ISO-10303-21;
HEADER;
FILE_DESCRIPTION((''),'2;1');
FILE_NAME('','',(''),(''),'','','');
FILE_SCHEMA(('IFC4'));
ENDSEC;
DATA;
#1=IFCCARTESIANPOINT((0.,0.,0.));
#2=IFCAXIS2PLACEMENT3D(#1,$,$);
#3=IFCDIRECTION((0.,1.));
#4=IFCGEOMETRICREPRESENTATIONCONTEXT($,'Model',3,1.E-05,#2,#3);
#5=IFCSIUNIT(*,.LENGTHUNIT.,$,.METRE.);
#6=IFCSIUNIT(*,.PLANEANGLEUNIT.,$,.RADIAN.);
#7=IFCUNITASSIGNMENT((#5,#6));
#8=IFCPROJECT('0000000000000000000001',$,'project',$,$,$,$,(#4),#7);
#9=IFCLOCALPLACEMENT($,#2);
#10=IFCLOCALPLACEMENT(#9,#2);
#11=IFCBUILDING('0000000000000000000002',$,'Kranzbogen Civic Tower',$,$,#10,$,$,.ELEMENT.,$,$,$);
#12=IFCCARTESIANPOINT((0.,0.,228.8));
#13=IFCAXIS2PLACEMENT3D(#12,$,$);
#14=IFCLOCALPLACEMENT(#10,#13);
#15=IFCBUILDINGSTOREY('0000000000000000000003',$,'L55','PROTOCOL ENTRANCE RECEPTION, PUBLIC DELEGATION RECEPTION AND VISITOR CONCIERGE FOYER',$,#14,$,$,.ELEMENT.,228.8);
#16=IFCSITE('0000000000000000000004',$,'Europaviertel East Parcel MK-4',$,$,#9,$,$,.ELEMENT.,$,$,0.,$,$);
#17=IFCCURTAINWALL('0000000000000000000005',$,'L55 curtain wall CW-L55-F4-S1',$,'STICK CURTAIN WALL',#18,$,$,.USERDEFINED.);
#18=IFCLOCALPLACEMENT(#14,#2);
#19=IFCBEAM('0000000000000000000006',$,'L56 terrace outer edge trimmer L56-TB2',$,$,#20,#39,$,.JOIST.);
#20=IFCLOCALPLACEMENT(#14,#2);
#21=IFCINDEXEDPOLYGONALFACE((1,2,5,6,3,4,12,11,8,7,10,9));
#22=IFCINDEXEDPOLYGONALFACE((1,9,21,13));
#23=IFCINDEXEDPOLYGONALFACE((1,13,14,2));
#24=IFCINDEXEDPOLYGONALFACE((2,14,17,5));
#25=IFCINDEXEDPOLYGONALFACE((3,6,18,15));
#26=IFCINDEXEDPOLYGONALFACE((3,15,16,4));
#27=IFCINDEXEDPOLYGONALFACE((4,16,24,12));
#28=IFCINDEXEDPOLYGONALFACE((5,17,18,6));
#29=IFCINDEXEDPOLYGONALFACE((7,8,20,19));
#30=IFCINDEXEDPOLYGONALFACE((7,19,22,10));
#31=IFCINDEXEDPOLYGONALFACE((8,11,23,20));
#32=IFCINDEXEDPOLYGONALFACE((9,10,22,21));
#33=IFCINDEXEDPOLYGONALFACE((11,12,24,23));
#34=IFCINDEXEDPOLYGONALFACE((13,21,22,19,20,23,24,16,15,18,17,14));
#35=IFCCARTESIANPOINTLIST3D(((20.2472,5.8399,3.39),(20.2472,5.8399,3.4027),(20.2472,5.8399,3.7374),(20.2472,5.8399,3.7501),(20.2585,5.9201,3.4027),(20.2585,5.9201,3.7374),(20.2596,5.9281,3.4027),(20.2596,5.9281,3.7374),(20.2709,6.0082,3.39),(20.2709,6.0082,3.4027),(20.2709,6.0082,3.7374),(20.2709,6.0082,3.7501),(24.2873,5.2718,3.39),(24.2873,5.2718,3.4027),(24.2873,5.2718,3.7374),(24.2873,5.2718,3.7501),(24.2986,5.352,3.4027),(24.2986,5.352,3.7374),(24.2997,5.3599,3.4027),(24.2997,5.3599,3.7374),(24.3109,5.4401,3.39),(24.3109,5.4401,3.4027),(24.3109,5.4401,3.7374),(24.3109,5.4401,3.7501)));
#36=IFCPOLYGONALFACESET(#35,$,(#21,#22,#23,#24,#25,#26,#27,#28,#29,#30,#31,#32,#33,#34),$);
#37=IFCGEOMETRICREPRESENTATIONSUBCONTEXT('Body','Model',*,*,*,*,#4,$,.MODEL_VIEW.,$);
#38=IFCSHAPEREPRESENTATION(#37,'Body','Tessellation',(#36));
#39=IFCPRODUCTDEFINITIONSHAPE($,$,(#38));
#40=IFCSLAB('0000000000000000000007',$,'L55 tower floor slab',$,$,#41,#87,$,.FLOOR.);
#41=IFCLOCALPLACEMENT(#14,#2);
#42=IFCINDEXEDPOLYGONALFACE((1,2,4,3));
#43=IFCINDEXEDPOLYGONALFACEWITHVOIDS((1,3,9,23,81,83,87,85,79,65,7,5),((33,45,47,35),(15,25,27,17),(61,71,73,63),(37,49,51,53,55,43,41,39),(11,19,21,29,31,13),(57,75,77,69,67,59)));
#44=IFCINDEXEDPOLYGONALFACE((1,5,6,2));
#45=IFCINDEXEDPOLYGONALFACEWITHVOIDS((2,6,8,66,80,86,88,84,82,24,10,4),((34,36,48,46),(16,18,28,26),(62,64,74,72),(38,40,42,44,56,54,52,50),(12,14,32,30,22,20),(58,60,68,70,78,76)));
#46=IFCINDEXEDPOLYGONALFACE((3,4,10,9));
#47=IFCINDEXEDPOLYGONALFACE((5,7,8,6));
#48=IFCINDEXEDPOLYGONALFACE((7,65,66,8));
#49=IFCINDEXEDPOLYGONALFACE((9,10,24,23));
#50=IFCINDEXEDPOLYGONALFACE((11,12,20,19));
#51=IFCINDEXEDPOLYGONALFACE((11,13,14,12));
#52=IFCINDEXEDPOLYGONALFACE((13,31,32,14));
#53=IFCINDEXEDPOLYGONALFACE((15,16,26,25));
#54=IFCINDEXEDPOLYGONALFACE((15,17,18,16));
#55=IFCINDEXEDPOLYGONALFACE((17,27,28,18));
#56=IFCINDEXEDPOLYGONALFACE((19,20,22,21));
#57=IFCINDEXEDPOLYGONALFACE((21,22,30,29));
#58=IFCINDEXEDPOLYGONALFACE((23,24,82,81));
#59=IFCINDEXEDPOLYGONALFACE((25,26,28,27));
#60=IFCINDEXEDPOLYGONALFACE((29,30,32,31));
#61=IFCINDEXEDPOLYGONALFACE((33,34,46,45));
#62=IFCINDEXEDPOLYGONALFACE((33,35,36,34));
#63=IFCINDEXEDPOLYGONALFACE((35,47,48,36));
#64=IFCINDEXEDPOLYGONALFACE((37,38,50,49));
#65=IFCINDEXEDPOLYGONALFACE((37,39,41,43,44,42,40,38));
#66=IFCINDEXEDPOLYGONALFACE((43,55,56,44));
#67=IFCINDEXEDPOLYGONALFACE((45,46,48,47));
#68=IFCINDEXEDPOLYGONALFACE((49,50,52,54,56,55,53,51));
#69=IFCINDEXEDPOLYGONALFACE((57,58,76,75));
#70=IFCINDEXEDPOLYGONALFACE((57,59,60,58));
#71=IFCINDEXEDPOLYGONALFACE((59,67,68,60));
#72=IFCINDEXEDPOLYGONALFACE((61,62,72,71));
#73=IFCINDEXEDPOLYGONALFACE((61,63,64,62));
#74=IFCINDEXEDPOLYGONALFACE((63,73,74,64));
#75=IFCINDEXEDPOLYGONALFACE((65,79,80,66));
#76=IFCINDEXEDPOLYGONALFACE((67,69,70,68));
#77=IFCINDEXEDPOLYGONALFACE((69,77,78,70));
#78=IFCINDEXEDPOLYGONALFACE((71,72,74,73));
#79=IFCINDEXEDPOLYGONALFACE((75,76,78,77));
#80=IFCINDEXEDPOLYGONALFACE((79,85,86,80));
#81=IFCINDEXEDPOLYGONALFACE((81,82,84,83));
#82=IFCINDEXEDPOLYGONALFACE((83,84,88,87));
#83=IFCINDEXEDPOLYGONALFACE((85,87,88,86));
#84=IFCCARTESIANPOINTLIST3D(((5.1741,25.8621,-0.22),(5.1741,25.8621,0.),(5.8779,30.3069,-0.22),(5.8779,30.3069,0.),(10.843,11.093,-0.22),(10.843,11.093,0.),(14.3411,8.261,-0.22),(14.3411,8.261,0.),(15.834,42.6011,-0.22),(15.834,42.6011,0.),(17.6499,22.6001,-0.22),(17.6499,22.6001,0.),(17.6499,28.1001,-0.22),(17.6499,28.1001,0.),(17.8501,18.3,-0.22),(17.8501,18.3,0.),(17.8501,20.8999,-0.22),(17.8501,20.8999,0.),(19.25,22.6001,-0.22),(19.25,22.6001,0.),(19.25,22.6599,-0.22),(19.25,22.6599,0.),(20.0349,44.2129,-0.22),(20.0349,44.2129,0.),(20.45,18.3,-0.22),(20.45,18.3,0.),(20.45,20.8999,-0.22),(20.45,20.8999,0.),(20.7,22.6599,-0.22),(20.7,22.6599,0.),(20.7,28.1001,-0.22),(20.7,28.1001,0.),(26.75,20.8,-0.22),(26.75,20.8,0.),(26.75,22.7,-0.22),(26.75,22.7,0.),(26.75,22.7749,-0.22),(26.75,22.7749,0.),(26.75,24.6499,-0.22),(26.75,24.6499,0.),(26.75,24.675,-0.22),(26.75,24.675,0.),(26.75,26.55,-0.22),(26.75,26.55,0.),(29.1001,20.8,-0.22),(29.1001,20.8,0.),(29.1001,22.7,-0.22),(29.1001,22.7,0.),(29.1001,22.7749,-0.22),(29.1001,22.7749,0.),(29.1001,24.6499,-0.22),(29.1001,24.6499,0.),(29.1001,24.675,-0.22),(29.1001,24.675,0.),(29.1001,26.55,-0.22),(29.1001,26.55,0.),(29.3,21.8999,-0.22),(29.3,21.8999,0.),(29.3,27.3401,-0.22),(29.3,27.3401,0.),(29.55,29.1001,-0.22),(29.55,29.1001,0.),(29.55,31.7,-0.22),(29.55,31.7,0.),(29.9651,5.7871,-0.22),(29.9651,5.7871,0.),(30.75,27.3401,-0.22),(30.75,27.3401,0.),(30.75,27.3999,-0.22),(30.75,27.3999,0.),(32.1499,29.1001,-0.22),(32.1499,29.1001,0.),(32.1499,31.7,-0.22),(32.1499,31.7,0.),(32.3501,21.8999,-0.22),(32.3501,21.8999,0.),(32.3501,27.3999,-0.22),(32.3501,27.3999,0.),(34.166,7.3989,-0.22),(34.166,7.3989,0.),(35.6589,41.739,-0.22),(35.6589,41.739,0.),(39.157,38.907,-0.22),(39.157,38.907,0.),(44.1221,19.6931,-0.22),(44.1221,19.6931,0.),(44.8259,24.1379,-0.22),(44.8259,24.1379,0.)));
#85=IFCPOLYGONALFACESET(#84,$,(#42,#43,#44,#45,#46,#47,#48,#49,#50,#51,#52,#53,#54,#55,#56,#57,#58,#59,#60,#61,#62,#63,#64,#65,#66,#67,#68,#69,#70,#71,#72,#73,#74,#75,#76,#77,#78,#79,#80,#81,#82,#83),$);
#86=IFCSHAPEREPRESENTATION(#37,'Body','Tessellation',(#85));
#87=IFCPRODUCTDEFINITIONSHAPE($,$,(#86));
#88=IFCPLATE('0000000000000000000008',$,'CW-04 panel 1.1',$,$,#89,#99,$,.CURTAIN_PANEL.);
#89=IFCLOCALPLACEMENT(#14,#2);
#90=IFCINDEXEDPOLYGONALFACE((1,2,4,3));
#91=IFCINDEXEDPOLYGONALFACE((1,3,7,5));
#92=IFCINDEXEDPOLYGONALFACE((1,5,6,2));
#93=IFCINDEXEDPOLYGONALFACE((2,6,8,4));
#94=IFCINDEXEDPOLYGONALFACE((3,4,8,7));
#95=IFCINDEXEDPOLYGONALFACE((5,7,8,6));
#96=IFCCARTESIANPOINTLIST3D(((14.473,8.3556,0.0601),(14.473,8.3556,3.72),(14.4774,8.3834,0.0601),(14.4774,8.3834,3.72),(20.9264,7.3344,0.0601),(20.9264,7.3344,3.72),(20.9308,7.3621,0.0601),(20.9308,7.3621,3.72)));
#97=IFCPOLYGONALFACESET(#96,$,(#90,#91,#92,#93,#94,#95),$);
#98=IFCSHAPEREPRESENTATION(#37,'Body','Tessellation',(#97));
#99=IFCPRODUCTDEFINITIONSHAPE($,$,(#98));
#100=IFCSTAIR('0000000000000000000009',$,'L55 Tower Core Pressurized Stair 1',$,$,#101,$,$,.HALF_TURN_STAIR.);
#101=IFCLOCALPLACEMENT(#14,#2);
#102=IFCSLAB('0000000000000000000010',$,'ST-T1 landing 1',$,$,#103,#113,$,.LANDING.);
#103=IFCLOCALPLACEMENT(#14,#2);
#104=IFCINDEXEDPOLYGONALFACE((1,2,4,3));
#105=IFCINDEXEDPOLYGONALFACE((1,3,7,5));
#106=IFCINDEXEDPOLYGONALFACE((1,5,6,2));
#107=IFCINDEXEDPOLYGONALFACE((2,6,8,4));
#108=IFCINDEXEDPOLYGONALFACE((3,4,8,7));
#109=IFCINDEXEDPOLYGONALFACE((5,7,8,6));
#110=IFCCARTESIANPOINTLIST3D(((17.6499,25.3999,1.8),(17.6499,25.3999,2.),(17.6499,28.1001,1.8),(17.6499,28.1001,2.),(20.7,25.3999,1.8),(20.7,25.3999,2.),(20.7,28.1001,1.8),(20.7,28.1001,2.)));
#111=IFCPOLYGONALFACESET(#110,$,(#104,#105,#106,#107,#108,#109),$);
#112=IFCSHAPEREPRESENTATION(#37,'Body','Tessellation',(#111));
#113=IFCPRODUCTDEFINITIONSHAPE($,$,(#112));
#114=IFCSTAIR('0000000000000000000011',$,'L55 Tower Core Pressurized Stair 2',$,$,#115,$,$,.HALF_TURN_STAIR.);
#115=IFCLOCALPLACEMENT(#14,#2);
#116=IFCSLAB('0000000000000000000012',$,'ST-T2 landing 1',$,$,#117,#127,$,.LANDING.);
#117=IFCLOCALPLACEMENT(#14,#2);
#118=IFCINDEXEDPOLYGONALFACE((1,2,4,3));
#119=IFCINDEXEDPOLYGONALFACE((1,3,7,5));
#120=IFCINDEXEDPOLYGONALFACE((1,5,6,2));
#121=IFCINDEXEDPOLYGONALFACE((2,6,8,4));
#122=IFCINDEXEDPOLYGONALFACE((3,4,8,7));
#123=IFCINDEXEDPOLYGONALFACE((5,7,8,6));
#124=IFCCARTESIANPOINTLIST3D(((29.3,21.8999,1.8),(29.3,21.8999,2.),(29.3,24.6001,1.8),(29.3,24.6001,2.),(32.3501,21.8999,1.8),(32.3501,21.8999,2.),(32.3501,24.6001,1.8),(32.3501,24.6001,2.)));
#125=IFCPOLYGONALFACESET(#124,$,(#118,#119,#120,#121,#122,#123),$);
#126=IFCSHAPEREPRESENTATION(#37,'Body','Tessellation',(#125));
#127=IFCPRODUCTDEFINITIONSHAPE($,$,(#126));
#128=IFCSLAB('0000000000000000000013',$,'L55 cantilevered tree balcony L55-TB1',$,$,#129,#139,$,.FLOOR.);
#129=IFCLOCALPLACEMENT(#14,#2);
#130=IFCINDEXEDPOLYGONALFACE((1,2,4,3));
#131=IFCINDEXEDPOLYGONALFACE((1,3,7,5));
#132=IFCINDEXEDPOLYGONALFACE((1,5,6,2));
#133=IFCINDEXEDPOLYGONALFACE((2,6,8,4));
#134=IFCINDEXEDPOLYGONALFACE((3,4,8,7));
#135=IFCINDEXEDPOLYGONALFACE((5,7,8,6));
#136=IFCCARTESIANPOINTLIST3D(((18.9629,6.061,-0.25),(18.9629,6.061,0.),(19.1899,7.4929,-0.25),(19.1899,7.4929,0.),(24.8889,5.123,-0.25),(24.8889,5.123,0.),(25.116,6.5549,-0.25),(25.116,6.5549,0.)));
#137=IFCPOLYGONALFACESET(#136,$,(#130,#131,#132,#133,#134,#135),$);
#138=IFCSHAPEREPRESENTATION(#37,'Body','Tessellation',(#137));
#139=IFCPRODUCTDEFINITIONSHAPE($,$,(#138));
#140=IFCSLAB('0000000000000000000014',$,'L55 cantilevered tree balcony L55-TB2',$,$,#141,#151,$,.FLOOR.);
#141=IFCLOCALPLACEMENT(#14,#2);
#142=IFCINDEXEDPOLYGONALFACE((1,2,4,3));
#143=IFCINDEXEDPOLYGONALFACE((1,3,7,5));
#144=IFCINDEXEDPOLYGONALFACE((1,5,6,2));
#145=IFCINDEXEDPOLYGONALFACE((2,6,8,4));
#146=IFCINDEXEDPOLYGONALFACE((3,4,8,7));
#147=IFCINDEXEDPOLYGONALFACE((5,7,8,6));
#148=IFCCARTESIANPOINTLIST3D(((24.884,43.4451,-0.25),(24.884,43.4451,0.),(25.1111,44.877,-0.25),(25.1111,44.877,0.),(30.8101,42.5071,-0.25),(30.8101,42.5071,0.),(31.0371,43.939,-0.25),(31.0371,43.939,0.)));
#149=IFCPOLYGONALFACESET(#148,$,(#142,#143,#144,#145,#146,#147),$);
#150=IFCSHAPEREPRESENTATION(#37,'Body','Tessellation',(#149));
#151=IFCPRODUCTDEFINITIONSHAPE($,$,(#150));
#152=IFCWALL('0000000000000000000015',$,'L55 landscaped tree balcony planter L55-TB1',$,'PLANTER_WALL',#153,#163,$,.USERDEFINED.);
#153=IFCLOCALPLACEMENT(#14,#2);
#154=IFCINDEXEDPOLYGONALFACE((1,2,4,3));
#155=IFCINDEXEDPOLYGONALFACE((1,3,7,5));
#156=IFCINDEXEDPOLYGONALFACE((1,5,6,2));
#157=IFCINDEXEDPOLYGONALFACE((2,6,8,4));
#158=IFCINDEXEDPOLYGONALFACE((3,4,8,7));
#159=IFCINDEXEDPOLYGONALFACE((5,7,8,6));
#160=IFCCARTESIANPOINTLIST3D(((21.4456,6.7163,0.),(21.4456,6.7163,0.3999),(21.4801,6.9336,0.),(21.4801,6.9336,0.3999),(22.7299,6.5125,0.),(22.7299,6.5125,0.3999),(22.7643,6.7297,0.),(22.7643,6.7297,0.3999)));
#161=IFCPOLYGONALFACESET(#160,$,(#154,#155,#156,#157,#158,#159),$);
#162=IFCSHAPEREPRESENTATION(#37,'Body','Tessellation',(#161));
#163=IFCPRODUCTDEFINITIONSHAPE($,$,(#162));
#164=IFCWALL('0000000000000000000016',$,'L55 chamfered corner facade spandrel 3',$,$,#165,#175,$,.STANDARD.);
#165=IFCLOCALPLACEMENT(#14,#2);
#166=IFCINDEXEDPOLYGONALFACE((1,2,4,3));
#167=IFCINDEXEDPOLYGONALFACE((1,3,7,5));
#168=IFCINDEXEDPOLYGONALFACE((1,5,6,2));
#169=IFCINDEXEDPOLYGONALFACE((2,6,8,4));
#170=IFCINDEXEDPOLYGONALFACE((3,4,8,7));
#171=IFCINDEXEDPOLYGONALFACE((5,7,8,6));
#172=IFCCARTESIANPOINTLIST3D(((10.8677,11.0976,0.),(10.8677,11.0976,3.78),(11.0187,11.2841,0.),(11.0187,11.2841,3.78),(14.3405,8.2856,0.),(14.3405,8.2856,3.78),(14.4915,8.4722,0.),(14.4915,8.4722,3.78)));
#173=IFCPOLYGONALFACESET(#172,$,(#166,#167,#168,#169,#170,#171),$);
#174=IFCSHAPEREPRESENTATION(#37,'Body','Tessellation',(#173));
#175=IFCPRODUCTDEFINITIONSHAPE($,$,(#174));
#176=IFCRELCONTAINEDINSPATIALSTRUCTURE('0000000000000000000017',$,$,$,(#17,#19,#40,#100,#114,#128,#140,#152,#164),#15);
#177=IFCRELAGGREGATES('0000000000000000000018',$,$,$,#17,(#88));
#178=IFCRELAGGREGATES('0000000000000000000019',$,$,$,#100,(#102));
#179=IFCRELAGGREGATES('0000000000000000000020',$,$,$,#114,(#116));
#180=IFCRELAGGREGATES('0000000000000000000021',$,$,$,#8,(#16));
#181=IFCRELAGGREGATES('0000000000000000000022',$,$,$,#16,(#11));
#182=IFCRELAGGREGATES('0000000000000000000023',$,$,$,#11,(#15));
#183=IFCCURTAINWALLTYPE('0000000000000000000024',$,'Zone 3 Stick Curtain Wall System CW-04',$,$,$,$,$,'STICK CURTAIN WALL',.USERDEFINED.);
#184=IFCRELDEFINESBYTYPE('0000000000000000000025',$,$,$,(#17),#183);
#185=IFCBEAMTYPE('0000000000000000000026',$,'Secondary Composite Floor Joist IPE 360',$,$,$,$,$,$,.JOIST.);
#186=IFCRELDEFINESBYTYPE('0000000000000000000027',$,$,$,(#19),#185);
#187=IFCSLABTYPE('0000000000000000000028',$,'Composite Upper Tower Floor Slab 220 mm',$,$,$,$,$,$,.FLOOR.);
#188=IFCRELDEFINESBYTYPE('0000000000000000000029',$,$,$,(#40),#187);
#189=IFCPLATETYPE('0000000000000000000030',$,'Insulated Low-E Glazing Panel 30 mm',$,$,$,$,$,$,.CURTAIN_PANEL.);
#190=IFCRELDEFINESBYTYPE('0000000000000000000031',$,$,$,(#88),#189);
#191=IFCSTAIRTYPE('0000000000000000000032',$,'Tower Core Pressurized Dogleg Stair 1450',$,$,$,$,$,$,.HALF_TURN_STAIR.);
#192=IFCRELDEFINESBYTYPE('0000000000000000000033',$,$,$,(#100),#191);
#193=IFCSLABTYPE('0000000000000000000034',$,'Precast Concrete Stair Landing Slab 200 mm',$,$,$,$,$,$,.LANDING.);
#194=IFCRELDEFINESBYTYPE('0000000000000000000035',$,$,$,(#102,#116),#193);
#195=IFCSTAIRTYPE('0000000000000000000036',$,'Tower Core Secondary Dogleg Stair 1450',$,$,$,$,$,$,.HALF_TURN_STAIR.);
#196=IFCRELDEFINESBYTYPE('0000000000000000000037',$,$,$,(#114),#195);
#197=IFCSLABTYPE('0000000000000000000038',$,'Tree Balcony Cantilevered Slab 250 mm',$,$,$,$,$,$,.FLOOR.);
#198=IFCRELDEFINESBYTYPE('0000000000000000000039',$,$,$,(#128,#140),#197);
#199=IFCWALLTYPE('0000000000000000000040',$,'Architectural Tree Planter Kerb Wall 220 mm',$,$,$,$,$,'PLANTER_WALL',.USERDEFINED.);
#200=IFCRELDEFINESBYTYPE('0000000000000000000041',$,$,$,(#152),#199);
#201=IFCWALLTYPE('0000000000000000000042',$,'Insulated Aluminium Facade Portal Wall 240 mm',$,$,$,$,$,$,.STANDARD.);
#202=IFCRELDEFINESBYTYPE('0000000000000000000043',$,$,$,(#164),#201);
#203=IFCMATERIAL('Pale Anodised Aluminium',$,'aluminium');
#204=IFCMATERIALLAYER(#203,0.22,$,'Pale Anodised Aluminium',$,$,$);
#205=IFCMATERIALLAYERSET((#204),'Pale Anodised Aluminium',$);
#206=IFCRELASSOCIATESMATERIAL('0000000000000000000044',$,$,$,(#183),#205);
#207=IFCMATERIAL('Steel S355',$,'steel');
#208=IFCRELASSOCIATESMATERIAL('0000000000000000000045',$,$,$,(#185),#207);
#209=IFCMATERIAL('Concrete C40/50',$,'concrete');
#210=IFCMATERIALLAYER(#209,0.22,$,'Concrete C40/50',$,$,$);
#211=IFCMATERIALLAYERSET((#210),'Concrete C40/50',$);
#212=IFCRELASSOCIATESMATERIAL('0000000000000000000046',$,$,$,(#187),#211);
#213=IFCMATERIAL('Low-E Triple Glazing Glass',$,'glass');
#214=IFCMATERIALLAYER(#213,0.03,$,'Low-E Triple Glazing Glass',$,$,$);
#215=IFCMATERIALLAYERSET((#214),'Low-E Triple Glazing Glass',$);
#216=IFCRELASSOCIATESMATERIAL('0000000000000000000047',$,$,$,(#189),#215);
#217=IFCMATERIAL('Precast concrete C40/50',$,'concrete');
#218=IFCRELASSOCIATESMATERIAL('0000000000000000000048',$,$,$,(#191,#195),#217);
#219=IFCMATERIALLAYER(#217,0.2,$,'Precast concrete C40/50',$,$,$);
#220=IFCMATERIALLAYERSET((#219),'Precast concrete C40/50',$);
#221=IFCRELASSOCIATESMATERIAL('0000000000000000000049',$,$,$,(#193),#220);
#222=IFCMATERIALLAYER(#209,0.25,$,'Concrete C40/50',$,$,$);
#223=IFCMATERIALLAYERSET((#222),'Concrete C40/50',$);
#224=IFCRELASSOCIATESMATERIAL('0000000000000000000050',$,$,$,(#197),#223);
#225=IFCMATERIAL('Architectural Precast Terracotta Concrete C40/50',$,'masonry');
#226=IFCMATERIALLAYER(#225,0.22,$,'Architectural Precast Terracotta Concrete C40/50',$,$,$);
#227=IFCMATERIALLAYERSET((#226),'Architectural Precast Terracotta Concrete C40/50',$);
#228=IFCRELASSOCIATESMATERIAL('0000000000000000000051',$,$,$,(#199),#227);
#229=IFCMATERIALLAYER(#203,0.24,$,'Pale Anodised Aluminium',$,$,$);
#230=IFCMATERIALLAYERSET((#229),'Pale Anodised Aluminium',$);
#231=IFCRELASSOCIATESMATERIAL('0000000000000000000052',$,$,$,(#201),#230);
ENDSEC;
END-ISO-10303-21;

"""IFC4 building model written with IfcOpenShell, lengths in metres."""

from ifc_helpers import new_model, si_unit, direction, frame, frame_2d, origin, origin_2d, place, context, subcontext, project, spatial, polyline, rectangle, i_section, outline, extrude, material, layer, layer_set, material_profile, profile_set, type_object, element, aggregate, save


model = new_model("IFC4")

# Units and contexts
model_context = context("Model", 3, precision=1e-05, world=origin(), true_north=direction((0.0, 1.0)))
body_context = subcontext(model_context, "Body", "Model", "MODEL_VIEW")
ifc_project = project(units=[si_unit("LENGTHUNIT", "METRE"), si_unit("PLANEANGLEUNIT", "RADIAN")], contexts=[model_context])

# Site, building, storey
site_placement = place(None, origin())
site = spatial("IfcSite", under=ifc_project, at=site_placement, Name="Europaviertel East Parcel MK-4", CompositionType="ELEMENT", RefElevation=0.0)
building_placement = place(site_placement, origin())
building = spatial("IfcBuilding", under=site, at=building_placement, Name="Kranzbogen Civic Tower", CompositionType="ELEMENT")
storey_placement = place(building_placement, frame((0.0, 0.0, 228.8)))
storey = spatial("IfcBuildingStorey", under=building, at=storey_placement, Name="L55", Description="PROTOCOL ENTRANCE RECEPTION, PUBLIC DELEGATION RECEPTION AND VISITOR CONCIERGE FOYER", CompositionType="ELEMENT", Elevation=228.8)

# Shared definitions
ifc_material_1 = material(Name="Steel S355", Category="steel")

# Shared definitions
ifc_material_2 = material(Name="Pale Anodised Aluminium", Category="aluminium")
ifc_layer_1 = layer(ifc_material_2, 0.22, Name="Pale Anodised Aluminium")
ifc_layer_set_1 = layer_set([ifc_layer_1], Name="Pale Anodised Aluminium")
curtain_wall_type = type_object("IfcCurtainWallType", Name="Zone 3 Stick Curtain Wall System CW-04", ElementType="STICK CURTAIN WALL", PredefinedType="USERDEFINED", material=ifc_layer_set_1)

# Curtain wall
curtain_wall_1_placement = place(storey_placement, origin())
curtain_wall_1 = element("IfcCurtainWall", 1, at=curtain_wall_1_placement, inside=storey, type_object=curtain_wall_type, Name="L55 curtain wall CW-L55-F4-S1", ObjectType="STICK CURTAIN WALL", PredefinedType="USERDEFINED")

# Beam
ifc_material_profile_1 = material_profile(ifc_material_1, i_section(OverallWidth=0.1699, OverallDepth=0.3601, WebThickness=0.0081, FlangeThickness=0.0127, at=origin_2d()), Name="IPE 360")
ifc_profile_set_1 = profile_set([ifc_material_profile_1], Name="Steel S355")
beam_type_1 = type_object("IfcBeamType", Name="Secondary Composite Floor Joist IPE 360", PredefinedType="JOIST", material=ifc_profile_set_1)
beam_1_placement = place(storey_placement, frame((20.259, 5.9241, 3.5701), z_axis=(0.990257, -0.139251, 0.0), x_axis=(0.139251, 0.990257, 0.0)))
element("IfcBeam", 2, at=beam_1_placement, inside=storey, type_object=beam_type_1, Name="L56 terrace outer edge trimmer L56-TB2", PredefinedType="JOIST", context=body_context, shape_type="SweptSolid", body=[
    extrude(i_section(OverallWidth=0.1699, OverallDepth=0.3601, WebThickness=0.0081, FlangeThickness=0.0127, at=origin_2d()), origin(), (0.0, 0.0, 1.0), 4.0798),
])

# Slab
ifc_material_3 = material(Name="Concrete C40/50", Category="concrete")
ifc_layer_2 = layer(ifc_material_3, 0.22, Name="Concrete C40/50")
ifc_layer_set_2 = layer_set([ifc_layer_2], Name="Concrete C40/50")
slab_type_1 = type_object("IfcSlabType", Name="Composite Upper Tower Floor Slab 220 mm", PredefinedType="FLOOR", material=ifc_layer_set_2)
slab_1_placement = place(storey_placement, frame((0.0, 0.0, -0.22)))
element("IfcSlab", 3, at=slab_1_placement, inside=storey, type_object=slab_type_1, Name="L55 tower floor slab", PredefinedType="FLOOR", context=body_context, shape_type="SweptSolid", body=[
    extrude(outline(polyline([(35.6589, 41.739), (20.0349, 44.2129), (15.834, 42.6011), (5.8779, 30.3069), (5.1741, 25.8621), (10.843, 11.093), (14.3411, 8.261), (29.9651, 5.7871), (34.166, 7.3989), (44.1221, 19.6931), (44.8259, 24.1379), (39.157, 38.907), (35.6589, 41.739)]), holes=[polyline([(17.8501, 20.8999), (20.45, 20.8999), (20.45, 18.3), (17.8501, 18.3), (17.8501, 20.8999)]), polyline([(29.1001, 22.7), (29.1001, 20.8), (26.75, 20.8), (26.75, 22.7), (29.1001, 22.7)]), polyline([(29.1001, 24.6499), (29.1001, 22.7749), (26.75, 22.7749), (26.75, 24.6499), (26.75, 24.675), (26.75, 26.55), (29.1001, 26.55), (29.1001, 24.675), (29.1001, 24.6499)]), polyline([(29.3, 27.3401), (30.75, 27.3401), (30.75, 27.3999), (32.3501, 27.3999), (32.3501, 21.8999), (29.3, 21.8999), (29.3, 27.3401)]), polyline([(20.7, 22.6599), (19.25, 22.6599), (19.25, 22.6001), (17.6499, 22.6001), (17.6499, 28.1001), (20.7, 28.1001), (20.7, 22.6599)]), polyline([(32.1499, 31.7), (32.1499, 29.1001), (29.55, 29.1001), (29.55, 31.7), (32.1499, 31.7)])]), origin(), (0.0, 0.0, 1.0), 0.22),
])

# Plate
ifc_material_4 = material(Name="Low-E Triple Glazing Glass", Category="glass")
ifc_layer_3 = layer(ifc_material_4, 0.03, Name="Low-E Triple Glazing Glass")
ifc_layer_set_3 = layer_set([ifc_layer_3], Name="Low-E Triple Glazing Glass")
plate_type = type_object("IfcPlateType", Name="Insulated Low-E Glazing Panel 30 mm", PredefinedType="CURTAIN_PANEL", material=ifc_layer_set_3)
plate_placement = place(storey_placement, frame((17.7019, 7.8589, 0.0601), z_axis=(0.0, 0.0, 1.0), x_axis=(0.987709, -0.156302, 0.0)))
plate = element("IfcPlate", 4, at=plate_placement, type_object=plate_type, Name="CW-04 panel 1.1", PredefinedType="CURTAIN_PANEL", context=body_context, shape_type="SweptSolid", body=[
    extrude(rectangle(XDim=6.5337, YDim=0.0281, at=origin_2d()), origin(), (0.0, 0.0, 1.0), 3.6599),
])
aggregate(curtain_wall_1, [plate])

# Stairs, slabs
ifc_material_5 = material(Name="Precast concrete C40/50", Category="concrete")
stair_type_1 = type_object("IfcStairType", Name="Tower Core Pressurized Dogleg Stair 1450", PredefinedType="HALF_TURN_STAIR", material=ifc_material_5)
stair_1_placement = place(storey_placement, origin())
stair_1 = element("IfcStair", 5, at=stair_1_placement, inside=storey, type_object=stair_type_1, Name="L55 Tower Core Pressurized Stair 1", PredefinedType="HALF_TURN_STAIR")
ifc_layer_4 = layer(ifc_material_5, 0.2, Name="Precast concrete C40/50")
ifc_layer_set_4 = layer_set([ifc_layer_4], Name="Precast concrete C40/50")
slab_type_2 = type_object("IfcSlabType", Name="Precast Concrete Stair Landing Slab 200 mm", PredefinedType="LANDING", material=ifc_layer_set_4)
slab_2_placement = place(storey_placement, frame((0.0, 0.0, 1.8)))
slab_2 = element("IfcSlab", 6, at=slab_2_placement, type_object=slab_type_2, Name="ST-T1 landing 1", PredefinedType="LANDING", context=body_context, shape_type="SweptSolid", body=[
    extrude(outline(polyline([(20.7, 25.3999), (20.7, 28.1001), (17.6499, 28.1001), (17.6499, 25.3999), (20.7, 25.3999)])), origin(), (0.0, 0.0, 1.0), 0.2),
])
aggregate(stair_1, [slab_2])
stair_type_2 = type_object("IfcStairType", Name="Tower Core Secondary Dogleg Stair 1450", PredefinedType="HALF_TURN_STAIR", material=ifc_material_5)
stair_2_placement = place(storey_placement, origin())
stair_2 = element("IfcStair", 7, at=stair_2_placement, inside=storey, type_object=stair_type_2, Name="L55 Tower Core Pressurized Stair 2", PredefinedType="HALF_TURN_STAIR")
slab_3_placement = place(storey_placement, frame((0.0, 0.0, 1.8)))
slab_3 = element("IfcSlab", 8, at=slab_3_placement, type_object=slab_type_2, Name="ST-T2 landing 1", PredefinedType="LANDING", context=body_context, shape_type="SweptSolid", body=[
    extrude(outline(polyline([(29.3, 24.6001), (29.3, 21.8999), (32.3501, 21.8999), (32.3501, 24.6001), (29.3, 24.6001)])), origin(), (0.0, 0.0, 1.0), 0.2),
])
aggregate(stair_2, [slab_3])

# Slabs
ifc_layer_5 = layer(ifc_material_3, 0.25, Name="Concrete C40/50")
ifc_layer_set_5 = layer_set([ifc_layer_5], Name="Concrete C40/50")
slab_type_3 = type_object("IfcSlabType", Name="Tree Balcony Cantilevered Slab 250 mm", PredefinedType="FLOOR", material=ifc_layer_set_5)
slab_4_placement = place(storey_placement, frame((0.0, 0.0, -0.25)))
element("IfcSlab", 9, at=slab_4_placement, inside=storey, type_object=slab_type_3, Name="L55 cantilevered tree balcony L55-TB1", PredefinedType="FLOOR", context=body_context, shape_type="SweptSolid", body=[
    extrude(outline(polyline([(19.1899, 7.4929), (25.116, 6.5549), (24.8889, 5.123), (18.9629, 6.061), (19.1899, 7.4929)])), origin(), (0.0, 0.0, 1.0), 0.25),
])
slab_5_placement = place(storey_placement, frame((0.0, 0.0, -0.25)))
element("IfcSlab", 10, at=slab_5_placement, inside=storey, type_object=slab_type_3, Name="L55 cantilevered tree balcony L55-TB2", PredefinedType="FLOOR", context=body_context, shape_type="SweptSolid", body=[
    extrude(outline(polyline([(30.8101, 42.5071), (24.884, 43.4451), (25.1111, 44.877), (31.0371, 43.939), (30.8101, 42.5071)])), origin(), (0.0, 0.0, 1.0), 0.25),
])

# Walls
ifc_material_6 = material(Name="Architectural Precast Terracotta Concrete C40/50", Category="masonry")
ifc_layer_6 = layer(ifc_material_6, 0.22, Name="Architectural Precast Terracotta Concrete C40/50")
ifc_layer_set_6 = layer_set([ifc_layer_6], Name="Architectural Precast Terracotta Concrete C40/50")
wall_type_1 = type_object("IfcWallType", Name="Architectural Tree Planter Kerb Wall 220 mm", ElementType="PLANTER_WALL", PredefinedType="USERDEFINED", material=ifc_layer_set_6)
wall_1_placement = place(storey_placement, frame((21.4629, 6.825, 0.0), z_axis=(0.0, 0.0, 1.0), x_axis=(0.987633, -0.156782, 0.0)))
element("IfcWall", 11, at=wall_1_placement, inside=storey, type_object=wall_type_1, Name="L55 landscaped tree balcony planter L55-TB1", ObjectType="PLANTER_WALL", PredefinedType="USERDEFINED", context=body_context, shape_type="SweptSolid", body=[
    extrude(rectangle(XDim=1.3003, YDim=0.22, at=frame_2d((0.6501, 0.0))), origin(), (0.0, 0.0, 1.0), 0.3999),
])
ifc_layer_7 = layer(ifc_material_2, 0.24, Name="Pale Anodised Aluminium")
ifc_layer_set_7 = layer_set([ifc_layer_7], Name="Pale Anodised Aluminium")
wall_type_2 = type_object("IfcWallType", Name="Insulated Aluminium Facade Portal Wall 240 mm", PredefinedType="STANDARD", material=ifc_layer_set_7)
wall_2_placement = place(storey_placement, frame((10.9431, 11.1909, 0.0), z_axis=(0.0, 0.0, 1.0), x_axis=(0.777177, -0.629282, 0.0)))
element("IfcWall", 12, at=wall_2_placement, inside=storey, type_object=wall_type_2, Name="L55 chamfered corner facade spandrel 3", PredefinedType="STANDARD", context=body_context, shape_type="SweptSolid", body=[
    extrude(rectangle(XDim=4.4685, YDim=0.24, at=frame_2d((2.2344, 0.0))), origin(), (0.0, 0.0, 1.0), 3.78),
])

save(model, "model.ifc")
